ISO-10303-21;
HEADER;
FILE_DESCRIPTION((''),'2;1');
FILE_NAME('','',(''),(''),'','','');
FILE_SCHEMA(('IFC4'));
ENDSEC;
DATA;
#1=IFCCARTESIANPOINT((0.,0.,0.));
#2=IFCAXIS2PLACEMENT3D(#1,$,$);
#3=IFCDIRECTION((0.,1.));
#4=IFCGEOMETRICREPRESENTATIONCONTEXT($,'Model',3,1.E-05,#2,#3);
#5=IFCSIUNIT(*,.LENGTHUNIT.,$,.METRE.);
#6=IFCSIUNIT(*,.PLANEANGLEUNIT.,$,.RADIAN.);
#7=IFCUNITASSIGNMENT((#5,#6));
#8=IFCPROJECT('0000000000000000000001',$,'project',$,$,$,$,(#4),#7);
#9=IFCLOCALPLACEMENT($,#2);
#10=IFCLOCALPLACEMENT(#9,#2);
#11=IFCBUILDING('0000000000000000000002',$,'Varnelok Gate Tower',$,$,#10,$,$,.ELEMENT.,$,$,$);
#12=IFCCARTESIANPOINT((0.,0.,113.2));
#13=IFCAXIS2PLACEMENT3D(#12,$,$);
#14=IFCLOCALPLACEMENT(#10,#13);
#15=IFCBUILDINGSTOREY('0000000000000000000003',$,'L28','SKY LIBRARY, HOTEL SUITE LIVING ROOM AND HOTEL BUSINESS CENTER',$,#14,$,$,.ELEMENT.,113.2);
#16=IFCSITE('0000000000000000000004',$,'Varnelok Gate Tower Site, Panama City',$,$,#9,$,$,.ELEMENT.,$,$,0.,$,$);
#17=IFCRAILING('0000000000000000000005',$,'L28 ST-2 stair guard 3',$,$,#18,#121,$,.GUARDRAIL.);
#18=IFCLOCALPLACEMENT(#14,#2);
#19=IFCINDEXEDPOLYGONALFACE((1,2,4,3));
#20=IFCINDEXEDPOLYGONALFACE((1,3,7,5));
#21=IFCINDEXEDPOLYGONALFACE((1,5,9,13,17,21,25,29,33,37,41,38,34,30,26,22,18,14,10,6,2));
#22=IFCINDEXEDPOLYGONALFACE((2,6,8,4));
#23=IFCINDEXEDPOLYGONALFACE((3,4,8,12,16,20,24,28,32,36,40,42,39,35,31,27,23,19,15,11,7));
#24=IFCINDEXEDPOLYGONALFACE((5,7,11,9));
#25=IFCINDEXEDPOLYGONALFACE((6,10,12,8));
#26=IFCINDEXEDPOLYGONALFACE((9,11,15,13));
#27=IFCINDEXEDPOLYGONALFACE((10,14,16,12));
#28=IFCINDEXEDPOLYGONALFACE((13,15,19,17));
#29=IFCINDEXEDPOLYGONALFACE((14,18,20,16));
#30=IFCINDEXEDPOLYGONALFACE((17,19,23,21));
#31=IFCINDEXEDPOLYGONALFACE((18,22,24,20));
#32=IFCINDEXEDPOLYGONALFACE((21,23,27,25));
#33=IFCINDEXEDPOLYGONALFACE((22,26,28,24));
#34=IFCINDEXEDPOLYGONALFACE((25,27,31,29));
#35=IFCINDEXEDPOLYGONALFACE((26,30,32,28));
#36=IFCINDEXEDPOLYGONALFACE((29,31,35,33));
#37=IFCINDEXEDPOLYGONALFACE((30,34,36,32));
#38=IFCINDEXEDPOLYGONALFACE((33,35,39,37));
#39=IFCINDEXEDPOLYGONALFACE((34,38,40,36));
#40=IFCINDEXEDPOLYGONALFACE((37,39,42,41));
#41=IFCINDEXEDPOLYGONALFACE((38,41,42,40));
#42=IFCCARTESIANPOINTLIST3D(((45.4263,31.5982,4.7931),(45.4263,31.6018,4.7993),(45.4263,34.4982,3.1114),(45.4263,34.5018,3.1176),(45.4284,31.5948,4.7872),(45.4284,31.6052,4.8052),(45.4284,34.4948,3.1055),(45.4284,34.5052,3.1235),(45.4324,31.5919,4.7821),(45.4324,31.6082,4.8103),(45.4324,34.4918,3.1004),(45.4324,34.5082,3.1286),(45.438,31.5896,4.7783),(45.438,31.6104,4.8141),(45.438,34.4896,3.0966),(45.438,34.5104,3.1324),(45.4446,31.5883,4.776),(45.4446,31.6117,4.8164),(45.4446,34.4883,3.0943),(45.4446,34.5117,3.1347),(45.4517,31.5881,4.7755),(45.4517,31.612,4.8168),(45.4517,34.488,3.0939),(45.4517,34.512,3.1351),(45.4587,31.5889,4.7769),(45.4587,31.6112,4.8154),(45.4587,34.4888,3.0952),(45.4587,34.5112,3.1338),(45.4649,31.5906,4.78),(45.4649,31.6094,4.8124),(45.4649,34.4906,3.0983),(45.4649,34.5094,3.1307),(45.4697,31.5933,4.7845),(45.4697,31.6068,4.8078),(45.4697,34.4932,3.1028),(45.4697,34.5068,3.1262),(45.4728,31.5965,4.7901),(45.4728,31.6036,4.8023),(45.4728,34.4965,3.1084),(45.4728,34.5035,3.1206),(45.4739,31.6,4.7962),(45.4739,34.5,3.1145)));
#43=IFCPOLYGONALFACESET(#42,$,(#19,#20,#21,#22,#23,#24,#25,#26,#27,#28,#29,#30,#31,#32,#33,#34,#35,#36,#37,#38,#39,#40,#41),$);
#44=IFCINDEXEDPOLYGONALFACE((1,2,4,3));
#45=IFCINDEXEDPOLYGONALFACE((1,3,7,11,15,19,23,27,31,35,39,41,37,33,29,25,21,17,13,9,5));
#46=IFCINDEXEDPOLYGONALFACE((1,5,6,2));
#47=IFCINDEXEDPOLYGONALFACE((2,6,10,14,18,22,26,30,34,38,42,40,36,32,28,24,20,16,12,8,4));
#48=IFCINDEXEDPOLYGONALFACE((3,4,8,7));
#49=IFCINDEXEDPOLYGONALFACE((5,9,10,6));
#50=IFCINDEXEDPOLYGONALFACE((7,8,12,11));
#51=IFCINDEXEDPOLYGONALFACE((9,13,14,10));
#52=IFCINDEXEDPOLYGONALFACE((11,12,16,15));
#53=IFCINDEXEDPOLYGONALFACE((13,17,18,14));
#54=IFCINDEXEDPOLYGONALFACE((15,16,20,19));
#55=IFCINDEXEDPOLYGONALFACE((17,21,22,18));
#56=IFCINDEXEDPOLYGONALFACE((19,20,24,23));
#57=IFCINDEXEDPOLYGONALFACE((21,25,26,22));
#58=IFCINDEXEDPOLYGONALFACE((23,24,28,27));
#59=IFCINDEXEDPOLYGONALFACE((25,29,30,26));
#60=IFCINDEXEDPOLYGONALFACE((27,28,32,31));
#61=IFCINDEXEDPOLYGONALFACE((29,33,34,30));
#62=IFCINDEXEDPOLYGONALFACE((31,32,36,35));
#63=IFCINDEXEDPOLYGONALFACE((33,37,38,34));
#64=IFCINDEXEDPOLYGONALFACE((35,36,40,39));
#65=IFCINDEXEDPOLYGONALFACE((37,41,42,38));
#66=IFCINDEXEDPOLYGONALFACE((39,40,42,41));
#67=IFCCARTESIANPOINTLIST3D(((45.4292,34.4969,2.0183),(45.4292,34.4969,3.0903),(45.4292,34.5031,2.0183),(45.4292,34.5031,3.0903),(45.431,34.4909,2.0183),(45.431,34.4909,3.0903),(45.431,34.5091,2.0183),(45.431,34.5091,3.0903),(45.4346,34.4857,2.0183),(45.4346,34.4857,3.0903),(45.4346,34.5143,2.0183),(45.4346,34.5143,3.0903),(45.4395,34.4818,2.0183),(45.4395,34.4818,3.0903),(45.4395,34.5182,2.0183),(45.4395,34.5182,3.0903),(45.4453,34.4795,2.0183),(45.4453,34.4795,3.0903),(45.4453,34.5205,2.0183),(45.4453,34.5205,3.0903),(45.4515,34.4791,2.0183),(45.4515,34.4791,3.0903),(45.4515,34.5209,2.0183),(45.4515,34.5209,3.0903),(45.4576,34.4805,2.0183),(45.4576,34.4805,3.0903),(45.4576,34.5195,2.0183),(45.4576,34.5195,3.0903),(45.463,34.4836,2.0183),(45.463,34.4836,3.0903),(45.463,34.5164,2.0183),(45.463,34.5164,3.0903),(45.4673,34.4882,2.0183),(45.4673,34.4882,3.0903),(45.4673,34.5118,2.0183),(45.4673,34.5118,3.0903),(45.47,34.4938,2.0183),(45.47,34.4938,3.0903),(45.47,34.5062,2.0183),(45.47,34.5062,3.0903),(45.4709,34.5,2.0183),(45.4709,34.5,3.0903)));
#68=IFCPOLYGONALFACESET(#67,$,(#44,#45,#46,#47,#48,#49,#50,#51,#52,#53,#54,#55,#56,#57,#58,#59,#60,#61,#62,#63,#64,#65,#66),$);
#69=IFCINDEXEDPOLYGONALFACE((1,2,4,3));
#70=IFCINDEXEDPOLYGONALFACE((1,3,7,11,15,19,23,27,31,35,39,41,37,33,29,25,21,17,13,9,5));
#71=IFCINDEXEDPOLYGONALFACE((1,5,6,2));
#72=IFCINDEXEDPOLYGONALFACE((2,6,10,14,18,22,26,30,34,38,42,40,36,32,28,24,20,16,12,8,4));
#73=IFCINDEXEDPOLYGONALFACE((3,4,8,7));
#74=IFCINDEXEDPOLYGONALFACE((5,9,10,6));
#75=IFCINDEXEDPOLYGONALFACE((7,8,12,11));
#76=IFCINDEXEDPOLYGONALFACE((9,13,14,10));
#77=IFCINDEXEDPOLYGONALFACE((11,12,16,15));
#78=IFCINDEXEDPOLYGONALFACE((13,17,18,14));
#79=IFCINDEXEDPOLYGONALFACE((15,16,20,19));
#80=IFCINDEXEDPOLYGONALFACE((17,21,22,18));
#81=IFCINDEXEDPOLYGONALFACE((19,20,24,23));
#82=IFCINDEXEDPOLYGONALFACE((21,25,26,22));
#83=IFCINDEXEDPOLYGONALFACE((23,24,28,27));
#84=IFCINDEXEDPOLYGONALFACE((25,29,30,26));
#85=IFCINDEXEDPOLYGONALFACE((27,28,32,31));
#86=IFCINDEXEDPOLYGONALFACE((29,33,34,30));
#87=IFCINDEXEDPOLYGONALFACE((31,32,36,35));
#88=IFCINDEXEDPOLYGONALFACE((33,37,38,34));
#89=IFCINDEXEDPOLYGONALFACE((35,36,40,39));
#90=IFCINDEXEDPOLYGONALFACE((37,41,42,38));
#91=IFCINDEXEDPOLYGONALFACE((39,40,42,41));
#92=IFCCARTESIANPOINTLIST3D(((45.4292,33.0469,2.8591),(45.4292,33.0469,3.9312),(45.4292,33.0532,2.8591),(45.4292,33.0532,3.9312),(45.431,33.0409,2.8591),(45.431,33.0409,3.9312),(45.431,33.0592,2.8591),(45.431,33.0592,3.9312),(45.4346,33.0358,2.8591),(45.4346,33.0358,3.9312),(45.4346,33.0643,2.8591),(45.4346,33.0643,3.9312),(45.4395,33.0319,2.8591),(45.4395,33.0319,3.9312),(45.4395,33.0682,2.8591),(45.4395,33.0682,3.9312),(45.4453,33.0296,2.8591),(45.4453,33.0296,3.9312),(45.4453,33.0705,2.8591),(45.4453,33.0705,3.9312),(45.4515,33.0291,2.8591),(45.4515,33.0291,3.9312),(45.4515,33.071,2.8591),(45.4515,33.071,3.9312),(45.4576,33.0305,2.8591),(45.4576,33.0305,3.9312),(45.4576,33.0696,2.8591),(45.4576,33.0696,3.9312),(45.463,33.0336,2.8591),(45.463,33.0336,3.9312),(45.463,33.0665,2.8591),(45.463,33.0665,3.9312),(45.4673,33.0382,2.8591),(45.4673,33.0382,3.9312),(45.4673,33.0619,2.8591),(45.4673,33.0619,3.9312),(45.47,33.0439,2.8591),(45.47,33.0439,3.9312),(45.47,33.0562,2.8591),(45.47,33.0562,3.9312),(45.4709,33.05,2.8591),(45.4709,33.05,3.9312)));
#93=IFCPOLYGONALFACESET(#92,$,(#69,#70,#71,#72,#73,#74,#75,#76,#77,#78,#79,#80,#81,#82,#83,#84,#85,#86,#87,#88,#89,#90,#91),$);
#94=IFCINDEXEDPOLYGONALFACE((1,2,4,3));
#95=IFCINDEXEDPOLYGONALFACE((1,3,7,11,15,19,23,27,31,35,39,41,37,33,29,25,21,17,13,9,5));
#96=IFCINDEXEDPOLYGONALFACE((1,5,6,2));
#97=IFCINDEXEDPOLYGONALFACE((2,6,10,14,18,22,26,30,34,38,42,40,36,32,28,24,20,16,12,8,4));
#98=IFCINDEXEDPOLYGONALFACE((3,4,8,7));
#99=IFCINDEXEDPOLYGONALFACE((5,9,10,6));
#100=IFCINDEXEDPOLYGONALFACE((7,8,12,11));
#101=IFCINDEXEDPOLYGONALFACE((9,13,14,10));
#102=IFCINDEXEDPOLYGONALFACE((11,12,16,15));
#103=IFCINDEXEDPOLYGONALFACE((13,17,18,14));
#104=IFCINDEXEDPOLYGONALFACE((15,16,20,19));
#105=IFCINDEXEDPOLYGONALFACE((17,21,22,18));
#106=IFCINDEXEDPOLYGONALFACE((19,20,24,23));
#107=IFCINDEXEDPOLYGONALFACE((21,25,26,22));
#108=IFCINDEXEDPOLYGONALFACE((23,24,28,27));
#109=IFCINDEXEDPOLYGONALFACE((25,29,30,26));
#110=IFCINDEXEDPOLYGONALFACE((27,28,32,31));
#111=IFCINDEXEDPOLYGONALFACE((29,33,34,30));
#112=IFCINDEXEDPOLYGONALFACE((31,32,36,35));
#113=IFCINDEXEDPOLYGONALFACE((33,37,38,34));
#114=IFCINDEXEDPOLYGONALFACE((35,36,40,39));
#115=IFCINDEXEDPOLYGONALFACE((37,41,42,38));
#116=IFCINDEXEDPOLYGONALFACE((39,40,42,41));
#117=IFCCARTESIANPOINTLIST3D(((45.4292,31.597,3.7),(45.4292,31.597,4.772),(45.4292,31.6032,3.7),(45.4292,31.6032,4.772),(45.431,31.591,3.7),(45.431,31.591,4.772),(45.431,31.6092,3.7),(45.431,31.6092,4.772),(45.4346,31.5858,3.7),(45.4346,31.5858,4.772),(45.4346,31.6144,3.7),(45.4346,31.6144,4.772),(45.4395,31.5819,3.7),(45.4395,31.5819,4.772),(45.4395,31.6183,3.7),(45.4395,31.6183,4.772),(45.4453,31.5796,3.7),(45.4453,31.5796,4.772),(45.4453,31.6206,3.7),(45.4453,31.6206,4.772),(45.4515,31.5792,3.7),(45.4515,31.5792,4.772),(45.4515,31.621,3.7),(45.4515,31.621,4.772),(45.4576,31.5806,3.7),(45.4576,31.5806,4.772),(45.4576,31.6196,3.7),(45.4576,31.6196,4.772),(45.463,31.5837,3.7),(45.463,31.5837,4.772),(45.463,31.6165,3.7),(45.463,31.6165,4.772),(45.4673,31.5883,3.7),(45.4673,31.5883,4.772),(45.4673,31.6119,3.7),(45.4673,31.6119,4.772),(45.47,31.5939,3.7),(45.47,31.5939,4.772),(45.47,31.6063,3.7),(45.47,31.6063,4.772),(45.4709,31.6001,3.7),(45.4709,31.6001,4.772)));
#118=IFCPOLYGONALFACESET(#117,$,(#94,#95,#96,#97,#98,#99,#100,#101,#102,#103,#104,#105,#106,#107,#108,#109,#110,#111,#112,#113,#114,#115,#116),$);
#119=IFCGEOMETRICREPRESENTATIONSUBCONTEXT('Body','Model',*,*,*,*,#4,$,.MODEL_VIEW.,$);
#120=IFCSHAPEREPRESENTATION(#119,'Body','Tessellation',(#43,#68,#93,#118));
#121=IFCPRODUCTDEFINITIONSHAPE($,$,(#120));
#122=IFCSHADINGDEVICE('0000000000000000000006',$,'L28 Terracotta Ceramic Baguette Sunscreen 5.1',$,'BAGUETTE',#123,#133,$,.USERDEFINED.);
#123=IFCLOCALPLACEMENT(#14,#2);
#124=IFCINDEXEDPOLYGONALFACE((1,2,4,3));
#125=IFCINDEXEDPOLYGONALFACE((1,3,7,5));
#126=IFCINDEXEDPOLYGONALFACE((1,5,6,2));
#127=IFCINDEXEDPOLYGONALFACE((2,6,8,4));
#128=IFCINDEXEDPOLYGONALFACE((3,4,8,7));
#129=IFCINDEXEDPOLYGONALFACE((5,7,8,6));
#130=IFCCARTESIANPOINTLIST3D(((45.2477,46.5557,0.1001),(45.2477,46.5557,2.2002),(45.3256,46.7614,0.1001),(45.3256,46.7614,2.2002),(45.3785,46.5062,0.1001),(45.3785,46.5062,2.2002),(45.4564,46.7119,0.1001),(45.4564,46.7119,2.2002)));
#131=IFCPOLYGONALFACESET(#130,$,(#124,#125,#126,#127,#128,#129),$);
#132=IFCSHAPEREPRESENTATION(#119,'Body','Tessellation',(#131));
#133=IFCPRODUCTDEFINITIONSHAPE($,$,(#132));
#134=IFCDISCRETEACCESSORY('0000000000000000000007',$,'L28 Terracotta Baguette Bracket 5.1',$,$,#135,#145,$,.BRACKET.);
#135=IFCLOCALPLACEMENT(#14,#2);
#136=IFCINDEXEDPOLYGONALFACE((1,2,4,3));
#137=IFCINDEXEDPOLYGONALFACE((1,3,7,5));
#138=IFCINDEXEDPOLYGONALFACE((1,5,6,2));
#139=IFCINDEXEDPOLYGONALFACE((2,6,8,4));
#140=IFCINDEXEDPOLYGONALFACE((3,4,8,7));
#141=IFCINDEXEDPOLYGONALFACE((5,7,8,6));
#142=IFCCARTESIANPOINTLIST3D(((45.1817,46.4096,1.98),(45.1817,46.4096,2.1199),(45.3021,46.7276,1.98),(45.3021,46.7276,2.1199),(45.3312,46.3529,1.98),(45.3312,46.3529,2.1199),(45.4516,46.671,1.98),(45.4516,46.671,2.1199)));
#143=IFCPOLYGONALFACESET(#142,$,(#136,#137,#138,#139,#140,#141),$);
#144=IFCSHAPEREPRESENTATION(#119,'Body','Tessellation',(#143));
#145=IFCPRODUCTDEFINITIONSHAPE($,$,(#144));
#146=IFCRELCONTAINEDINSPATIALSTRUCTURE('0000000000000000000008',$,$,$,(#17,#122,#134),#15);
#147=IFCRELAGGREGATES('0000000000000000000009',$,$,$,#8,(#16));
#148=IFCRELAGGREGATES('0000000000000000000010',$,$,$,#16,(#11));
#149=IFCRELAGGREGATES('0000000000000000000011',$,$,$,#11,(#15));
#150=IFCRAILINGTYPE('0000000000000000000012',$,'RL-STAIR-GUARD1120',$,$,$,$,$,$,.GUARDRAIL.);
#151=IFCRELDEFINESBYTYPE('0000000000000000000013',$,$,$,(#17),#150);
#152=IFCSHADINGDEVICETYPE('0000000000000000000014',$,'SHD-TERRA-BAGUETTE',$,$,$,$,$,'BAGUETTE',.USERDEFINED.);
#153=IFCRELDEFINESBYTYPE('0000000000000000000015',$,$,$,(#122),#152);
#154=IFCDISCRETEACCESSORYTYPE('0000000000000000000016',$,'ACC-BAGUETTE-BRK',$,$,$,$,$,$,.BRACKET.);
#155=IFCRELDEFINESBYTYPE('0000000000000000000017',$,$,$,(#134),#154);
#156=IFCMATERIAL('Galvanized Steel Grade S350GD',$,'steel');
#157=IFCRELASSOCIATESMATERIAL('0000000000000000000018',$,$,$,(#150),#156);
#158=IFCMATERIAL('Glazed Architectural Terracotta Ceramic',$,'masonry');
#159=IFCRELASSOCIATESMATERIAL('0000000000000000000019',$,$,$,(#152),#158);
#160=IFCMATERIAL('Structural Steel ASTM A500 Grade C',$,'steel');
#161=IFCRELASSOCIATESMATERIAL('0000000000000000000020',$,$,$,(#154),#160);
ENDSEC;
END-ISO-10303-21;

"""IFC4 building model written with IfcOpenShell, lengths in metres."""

from ifc_helpers import new_model, si_unit, direction, frame, origin, origin_2d, place, context, subcontext, project, spatial, rectangle, circle, extrude, source, transform, mapped, material, type_object, element, save


model = new_model("IFC4")

# Units and contexts
model_context = context("Model", 3, precision=1e-05, world=origin(), true_north=direction((0.0, 1.0)))
body_context = subcontext(model_context, "Body", "Model", "MODEL_VIEW")
ifc_project = project(units=[si_unit("LENGTHUNIT", "METRE"), si_unit("PLANEANGLEUNIT", "RADIAN")], contexts=[model_context])

# Site, building, storey
site_placement = place(None, origin())
site = spatial("IfcSite", under=ifc_project, at=site_placement, Name="Varnelok Gate Tower Site, Panama City", CompositionType="ELEMENT", RefElevation=0.0)
building_placement = place(site_placement, origin())
building = spatial("IfcBuilding", under=site, at=building_placement, Name="Varnelok Gate Tower", CompositionType="ELEMENT")
storey_placement = place(building_placement, frame((0.0, 0.0, 113.2)))
storey = spatial("IfcBuildingStorey", under=building, at=storey_placement, Name="L28", Description="SKY LIBRARY, HOTEL SUITE LIVING ROOM AND HOTEL BUSINESS CENTER", CompositionType="ELEMENT", Elevation=113.2)

# Shared definitions
ifc_material_1 = material(Name="Galvanized Steel Grade S350GD", Category="steel")

# Railing
railing_type_1 = type_object("IfcRailingType", Name="RL-STAIR-GUARD1120", PredefinedType="GUARDRAIL", material=ifc_material_1)
railing_1_placement = place(storey_placement, frame((45.45, 34.5, 2.0183)))
element("IfcRailing", 1, at=railing_1_placement, inside=storey, type_object=railing_type_1, Name="L28 ST-2 stair guard 3", PredefinedType="GUARDRAIL", context=body_context, shape_type="SweptSolid", body=[
    extrude(circle(Radius=0.0239, at=origin_2d()), frame((0.0, 0.0, 1.0962), z_axis=(0.0, -0.86507, 0.501651), x_axis=(1.0, 0.0, 0.0)), (0.0, 0.0, 1.0), 3.3523),
    extrude(circle(Radius=0.021, at=origin_2d()), origin(), (0.0, 0.0, 1.0), 1.072),
    extrude(circle(Radius=0.021, at=origin_2d()), frame((0.0, -1.45, 0.8408)), (0.0, 0.0, 1.0), 1.072),
    extrude(circle(Radius=0.021, at=origin_2d()), frame((0.0, -2.8999, 1.6816)), (0.0, 0.0, 1.0), 1.072),
])

# Shading device
ifc_material_2 = material(Name="Glazed Architectural Terracotta Ceramic", Category="masonry")
shading_device_type = type_object("IfcShadingDeviceType", Name="SHD-TERRA-BAGUETTE", ElementType="BAGUETTE", PredefinedType="USERDEFINED", material=ifc_material_2)
shared_shape_1 = source(origin(), body_context, "Body", "SweptSolid", [
    extrude(rectangle(XDim=0.1399, YDim=0.22, at=origin_2d()), origin(), (0.0, 0.0, 1.0), 2.1001),
])
shading_device_placement = place(storey_placement, frame((45.3521, 46.6338, 0.1001), z_axis=(0.0, 0.0, 1.0), x_axis=(0.935222, -0.354063, 0.0)))
element("IfcShadingDevice", 2, at=shading_device_placement, inside=storey, type_object=shading_device_type, Name="L28 Terracotta Ceramic Baguette Sunscreen 5.1", ObjectType="BAGUETTE", PredefinedType="USERDEFINED", context=body_context, shape_type="MappedRepresentation", body=[
    mapped(shared_shape_1, transform((0.0, 0.0, 0.0), scale=1.0)),
])

# Discrete accessory
ifc_material_3 = material(Name="Structural Steel ASTM A500 Grade C", Category="steel")
discrete_accessory_type = type_object("IfcDiscreteAccessoryType", Name="ACC-BAGUETTE-BRK", PredefinedType="BRACKET", material=ifc_material_3)
shared_shape_2 = source(origin(), body_context, "Body", "SweptSolid", [
    extrude(rectangle(XDim=0.1599, YDim=0.3401, at=origin_2d()), origin(), (0.0, 0.0, 1.0), 0.1399),
])
discrete_accessory_placement = place(storey_placement, frame((45.3167, 46.5403, 1.98), z_axis=(0.0, 0.0, 1.0), x_axis=(0.935222, -0.354063, 0.0)))
element("IfcDiscreteAccessory", 3, at=discrete_accessory_placement, inside=storey, type_object=discrete_accessory_type, Name="L28 Terracotta Baguette Bracket 5.1", PredefinedType="BRACKET", context=body_context, shape_type="MappedRepresentation", body=[
    mapped(shared_shape_2, transform((0.0, 0.0, 0.0), scale=1.0)),
])

save(model, "model.ifc")
